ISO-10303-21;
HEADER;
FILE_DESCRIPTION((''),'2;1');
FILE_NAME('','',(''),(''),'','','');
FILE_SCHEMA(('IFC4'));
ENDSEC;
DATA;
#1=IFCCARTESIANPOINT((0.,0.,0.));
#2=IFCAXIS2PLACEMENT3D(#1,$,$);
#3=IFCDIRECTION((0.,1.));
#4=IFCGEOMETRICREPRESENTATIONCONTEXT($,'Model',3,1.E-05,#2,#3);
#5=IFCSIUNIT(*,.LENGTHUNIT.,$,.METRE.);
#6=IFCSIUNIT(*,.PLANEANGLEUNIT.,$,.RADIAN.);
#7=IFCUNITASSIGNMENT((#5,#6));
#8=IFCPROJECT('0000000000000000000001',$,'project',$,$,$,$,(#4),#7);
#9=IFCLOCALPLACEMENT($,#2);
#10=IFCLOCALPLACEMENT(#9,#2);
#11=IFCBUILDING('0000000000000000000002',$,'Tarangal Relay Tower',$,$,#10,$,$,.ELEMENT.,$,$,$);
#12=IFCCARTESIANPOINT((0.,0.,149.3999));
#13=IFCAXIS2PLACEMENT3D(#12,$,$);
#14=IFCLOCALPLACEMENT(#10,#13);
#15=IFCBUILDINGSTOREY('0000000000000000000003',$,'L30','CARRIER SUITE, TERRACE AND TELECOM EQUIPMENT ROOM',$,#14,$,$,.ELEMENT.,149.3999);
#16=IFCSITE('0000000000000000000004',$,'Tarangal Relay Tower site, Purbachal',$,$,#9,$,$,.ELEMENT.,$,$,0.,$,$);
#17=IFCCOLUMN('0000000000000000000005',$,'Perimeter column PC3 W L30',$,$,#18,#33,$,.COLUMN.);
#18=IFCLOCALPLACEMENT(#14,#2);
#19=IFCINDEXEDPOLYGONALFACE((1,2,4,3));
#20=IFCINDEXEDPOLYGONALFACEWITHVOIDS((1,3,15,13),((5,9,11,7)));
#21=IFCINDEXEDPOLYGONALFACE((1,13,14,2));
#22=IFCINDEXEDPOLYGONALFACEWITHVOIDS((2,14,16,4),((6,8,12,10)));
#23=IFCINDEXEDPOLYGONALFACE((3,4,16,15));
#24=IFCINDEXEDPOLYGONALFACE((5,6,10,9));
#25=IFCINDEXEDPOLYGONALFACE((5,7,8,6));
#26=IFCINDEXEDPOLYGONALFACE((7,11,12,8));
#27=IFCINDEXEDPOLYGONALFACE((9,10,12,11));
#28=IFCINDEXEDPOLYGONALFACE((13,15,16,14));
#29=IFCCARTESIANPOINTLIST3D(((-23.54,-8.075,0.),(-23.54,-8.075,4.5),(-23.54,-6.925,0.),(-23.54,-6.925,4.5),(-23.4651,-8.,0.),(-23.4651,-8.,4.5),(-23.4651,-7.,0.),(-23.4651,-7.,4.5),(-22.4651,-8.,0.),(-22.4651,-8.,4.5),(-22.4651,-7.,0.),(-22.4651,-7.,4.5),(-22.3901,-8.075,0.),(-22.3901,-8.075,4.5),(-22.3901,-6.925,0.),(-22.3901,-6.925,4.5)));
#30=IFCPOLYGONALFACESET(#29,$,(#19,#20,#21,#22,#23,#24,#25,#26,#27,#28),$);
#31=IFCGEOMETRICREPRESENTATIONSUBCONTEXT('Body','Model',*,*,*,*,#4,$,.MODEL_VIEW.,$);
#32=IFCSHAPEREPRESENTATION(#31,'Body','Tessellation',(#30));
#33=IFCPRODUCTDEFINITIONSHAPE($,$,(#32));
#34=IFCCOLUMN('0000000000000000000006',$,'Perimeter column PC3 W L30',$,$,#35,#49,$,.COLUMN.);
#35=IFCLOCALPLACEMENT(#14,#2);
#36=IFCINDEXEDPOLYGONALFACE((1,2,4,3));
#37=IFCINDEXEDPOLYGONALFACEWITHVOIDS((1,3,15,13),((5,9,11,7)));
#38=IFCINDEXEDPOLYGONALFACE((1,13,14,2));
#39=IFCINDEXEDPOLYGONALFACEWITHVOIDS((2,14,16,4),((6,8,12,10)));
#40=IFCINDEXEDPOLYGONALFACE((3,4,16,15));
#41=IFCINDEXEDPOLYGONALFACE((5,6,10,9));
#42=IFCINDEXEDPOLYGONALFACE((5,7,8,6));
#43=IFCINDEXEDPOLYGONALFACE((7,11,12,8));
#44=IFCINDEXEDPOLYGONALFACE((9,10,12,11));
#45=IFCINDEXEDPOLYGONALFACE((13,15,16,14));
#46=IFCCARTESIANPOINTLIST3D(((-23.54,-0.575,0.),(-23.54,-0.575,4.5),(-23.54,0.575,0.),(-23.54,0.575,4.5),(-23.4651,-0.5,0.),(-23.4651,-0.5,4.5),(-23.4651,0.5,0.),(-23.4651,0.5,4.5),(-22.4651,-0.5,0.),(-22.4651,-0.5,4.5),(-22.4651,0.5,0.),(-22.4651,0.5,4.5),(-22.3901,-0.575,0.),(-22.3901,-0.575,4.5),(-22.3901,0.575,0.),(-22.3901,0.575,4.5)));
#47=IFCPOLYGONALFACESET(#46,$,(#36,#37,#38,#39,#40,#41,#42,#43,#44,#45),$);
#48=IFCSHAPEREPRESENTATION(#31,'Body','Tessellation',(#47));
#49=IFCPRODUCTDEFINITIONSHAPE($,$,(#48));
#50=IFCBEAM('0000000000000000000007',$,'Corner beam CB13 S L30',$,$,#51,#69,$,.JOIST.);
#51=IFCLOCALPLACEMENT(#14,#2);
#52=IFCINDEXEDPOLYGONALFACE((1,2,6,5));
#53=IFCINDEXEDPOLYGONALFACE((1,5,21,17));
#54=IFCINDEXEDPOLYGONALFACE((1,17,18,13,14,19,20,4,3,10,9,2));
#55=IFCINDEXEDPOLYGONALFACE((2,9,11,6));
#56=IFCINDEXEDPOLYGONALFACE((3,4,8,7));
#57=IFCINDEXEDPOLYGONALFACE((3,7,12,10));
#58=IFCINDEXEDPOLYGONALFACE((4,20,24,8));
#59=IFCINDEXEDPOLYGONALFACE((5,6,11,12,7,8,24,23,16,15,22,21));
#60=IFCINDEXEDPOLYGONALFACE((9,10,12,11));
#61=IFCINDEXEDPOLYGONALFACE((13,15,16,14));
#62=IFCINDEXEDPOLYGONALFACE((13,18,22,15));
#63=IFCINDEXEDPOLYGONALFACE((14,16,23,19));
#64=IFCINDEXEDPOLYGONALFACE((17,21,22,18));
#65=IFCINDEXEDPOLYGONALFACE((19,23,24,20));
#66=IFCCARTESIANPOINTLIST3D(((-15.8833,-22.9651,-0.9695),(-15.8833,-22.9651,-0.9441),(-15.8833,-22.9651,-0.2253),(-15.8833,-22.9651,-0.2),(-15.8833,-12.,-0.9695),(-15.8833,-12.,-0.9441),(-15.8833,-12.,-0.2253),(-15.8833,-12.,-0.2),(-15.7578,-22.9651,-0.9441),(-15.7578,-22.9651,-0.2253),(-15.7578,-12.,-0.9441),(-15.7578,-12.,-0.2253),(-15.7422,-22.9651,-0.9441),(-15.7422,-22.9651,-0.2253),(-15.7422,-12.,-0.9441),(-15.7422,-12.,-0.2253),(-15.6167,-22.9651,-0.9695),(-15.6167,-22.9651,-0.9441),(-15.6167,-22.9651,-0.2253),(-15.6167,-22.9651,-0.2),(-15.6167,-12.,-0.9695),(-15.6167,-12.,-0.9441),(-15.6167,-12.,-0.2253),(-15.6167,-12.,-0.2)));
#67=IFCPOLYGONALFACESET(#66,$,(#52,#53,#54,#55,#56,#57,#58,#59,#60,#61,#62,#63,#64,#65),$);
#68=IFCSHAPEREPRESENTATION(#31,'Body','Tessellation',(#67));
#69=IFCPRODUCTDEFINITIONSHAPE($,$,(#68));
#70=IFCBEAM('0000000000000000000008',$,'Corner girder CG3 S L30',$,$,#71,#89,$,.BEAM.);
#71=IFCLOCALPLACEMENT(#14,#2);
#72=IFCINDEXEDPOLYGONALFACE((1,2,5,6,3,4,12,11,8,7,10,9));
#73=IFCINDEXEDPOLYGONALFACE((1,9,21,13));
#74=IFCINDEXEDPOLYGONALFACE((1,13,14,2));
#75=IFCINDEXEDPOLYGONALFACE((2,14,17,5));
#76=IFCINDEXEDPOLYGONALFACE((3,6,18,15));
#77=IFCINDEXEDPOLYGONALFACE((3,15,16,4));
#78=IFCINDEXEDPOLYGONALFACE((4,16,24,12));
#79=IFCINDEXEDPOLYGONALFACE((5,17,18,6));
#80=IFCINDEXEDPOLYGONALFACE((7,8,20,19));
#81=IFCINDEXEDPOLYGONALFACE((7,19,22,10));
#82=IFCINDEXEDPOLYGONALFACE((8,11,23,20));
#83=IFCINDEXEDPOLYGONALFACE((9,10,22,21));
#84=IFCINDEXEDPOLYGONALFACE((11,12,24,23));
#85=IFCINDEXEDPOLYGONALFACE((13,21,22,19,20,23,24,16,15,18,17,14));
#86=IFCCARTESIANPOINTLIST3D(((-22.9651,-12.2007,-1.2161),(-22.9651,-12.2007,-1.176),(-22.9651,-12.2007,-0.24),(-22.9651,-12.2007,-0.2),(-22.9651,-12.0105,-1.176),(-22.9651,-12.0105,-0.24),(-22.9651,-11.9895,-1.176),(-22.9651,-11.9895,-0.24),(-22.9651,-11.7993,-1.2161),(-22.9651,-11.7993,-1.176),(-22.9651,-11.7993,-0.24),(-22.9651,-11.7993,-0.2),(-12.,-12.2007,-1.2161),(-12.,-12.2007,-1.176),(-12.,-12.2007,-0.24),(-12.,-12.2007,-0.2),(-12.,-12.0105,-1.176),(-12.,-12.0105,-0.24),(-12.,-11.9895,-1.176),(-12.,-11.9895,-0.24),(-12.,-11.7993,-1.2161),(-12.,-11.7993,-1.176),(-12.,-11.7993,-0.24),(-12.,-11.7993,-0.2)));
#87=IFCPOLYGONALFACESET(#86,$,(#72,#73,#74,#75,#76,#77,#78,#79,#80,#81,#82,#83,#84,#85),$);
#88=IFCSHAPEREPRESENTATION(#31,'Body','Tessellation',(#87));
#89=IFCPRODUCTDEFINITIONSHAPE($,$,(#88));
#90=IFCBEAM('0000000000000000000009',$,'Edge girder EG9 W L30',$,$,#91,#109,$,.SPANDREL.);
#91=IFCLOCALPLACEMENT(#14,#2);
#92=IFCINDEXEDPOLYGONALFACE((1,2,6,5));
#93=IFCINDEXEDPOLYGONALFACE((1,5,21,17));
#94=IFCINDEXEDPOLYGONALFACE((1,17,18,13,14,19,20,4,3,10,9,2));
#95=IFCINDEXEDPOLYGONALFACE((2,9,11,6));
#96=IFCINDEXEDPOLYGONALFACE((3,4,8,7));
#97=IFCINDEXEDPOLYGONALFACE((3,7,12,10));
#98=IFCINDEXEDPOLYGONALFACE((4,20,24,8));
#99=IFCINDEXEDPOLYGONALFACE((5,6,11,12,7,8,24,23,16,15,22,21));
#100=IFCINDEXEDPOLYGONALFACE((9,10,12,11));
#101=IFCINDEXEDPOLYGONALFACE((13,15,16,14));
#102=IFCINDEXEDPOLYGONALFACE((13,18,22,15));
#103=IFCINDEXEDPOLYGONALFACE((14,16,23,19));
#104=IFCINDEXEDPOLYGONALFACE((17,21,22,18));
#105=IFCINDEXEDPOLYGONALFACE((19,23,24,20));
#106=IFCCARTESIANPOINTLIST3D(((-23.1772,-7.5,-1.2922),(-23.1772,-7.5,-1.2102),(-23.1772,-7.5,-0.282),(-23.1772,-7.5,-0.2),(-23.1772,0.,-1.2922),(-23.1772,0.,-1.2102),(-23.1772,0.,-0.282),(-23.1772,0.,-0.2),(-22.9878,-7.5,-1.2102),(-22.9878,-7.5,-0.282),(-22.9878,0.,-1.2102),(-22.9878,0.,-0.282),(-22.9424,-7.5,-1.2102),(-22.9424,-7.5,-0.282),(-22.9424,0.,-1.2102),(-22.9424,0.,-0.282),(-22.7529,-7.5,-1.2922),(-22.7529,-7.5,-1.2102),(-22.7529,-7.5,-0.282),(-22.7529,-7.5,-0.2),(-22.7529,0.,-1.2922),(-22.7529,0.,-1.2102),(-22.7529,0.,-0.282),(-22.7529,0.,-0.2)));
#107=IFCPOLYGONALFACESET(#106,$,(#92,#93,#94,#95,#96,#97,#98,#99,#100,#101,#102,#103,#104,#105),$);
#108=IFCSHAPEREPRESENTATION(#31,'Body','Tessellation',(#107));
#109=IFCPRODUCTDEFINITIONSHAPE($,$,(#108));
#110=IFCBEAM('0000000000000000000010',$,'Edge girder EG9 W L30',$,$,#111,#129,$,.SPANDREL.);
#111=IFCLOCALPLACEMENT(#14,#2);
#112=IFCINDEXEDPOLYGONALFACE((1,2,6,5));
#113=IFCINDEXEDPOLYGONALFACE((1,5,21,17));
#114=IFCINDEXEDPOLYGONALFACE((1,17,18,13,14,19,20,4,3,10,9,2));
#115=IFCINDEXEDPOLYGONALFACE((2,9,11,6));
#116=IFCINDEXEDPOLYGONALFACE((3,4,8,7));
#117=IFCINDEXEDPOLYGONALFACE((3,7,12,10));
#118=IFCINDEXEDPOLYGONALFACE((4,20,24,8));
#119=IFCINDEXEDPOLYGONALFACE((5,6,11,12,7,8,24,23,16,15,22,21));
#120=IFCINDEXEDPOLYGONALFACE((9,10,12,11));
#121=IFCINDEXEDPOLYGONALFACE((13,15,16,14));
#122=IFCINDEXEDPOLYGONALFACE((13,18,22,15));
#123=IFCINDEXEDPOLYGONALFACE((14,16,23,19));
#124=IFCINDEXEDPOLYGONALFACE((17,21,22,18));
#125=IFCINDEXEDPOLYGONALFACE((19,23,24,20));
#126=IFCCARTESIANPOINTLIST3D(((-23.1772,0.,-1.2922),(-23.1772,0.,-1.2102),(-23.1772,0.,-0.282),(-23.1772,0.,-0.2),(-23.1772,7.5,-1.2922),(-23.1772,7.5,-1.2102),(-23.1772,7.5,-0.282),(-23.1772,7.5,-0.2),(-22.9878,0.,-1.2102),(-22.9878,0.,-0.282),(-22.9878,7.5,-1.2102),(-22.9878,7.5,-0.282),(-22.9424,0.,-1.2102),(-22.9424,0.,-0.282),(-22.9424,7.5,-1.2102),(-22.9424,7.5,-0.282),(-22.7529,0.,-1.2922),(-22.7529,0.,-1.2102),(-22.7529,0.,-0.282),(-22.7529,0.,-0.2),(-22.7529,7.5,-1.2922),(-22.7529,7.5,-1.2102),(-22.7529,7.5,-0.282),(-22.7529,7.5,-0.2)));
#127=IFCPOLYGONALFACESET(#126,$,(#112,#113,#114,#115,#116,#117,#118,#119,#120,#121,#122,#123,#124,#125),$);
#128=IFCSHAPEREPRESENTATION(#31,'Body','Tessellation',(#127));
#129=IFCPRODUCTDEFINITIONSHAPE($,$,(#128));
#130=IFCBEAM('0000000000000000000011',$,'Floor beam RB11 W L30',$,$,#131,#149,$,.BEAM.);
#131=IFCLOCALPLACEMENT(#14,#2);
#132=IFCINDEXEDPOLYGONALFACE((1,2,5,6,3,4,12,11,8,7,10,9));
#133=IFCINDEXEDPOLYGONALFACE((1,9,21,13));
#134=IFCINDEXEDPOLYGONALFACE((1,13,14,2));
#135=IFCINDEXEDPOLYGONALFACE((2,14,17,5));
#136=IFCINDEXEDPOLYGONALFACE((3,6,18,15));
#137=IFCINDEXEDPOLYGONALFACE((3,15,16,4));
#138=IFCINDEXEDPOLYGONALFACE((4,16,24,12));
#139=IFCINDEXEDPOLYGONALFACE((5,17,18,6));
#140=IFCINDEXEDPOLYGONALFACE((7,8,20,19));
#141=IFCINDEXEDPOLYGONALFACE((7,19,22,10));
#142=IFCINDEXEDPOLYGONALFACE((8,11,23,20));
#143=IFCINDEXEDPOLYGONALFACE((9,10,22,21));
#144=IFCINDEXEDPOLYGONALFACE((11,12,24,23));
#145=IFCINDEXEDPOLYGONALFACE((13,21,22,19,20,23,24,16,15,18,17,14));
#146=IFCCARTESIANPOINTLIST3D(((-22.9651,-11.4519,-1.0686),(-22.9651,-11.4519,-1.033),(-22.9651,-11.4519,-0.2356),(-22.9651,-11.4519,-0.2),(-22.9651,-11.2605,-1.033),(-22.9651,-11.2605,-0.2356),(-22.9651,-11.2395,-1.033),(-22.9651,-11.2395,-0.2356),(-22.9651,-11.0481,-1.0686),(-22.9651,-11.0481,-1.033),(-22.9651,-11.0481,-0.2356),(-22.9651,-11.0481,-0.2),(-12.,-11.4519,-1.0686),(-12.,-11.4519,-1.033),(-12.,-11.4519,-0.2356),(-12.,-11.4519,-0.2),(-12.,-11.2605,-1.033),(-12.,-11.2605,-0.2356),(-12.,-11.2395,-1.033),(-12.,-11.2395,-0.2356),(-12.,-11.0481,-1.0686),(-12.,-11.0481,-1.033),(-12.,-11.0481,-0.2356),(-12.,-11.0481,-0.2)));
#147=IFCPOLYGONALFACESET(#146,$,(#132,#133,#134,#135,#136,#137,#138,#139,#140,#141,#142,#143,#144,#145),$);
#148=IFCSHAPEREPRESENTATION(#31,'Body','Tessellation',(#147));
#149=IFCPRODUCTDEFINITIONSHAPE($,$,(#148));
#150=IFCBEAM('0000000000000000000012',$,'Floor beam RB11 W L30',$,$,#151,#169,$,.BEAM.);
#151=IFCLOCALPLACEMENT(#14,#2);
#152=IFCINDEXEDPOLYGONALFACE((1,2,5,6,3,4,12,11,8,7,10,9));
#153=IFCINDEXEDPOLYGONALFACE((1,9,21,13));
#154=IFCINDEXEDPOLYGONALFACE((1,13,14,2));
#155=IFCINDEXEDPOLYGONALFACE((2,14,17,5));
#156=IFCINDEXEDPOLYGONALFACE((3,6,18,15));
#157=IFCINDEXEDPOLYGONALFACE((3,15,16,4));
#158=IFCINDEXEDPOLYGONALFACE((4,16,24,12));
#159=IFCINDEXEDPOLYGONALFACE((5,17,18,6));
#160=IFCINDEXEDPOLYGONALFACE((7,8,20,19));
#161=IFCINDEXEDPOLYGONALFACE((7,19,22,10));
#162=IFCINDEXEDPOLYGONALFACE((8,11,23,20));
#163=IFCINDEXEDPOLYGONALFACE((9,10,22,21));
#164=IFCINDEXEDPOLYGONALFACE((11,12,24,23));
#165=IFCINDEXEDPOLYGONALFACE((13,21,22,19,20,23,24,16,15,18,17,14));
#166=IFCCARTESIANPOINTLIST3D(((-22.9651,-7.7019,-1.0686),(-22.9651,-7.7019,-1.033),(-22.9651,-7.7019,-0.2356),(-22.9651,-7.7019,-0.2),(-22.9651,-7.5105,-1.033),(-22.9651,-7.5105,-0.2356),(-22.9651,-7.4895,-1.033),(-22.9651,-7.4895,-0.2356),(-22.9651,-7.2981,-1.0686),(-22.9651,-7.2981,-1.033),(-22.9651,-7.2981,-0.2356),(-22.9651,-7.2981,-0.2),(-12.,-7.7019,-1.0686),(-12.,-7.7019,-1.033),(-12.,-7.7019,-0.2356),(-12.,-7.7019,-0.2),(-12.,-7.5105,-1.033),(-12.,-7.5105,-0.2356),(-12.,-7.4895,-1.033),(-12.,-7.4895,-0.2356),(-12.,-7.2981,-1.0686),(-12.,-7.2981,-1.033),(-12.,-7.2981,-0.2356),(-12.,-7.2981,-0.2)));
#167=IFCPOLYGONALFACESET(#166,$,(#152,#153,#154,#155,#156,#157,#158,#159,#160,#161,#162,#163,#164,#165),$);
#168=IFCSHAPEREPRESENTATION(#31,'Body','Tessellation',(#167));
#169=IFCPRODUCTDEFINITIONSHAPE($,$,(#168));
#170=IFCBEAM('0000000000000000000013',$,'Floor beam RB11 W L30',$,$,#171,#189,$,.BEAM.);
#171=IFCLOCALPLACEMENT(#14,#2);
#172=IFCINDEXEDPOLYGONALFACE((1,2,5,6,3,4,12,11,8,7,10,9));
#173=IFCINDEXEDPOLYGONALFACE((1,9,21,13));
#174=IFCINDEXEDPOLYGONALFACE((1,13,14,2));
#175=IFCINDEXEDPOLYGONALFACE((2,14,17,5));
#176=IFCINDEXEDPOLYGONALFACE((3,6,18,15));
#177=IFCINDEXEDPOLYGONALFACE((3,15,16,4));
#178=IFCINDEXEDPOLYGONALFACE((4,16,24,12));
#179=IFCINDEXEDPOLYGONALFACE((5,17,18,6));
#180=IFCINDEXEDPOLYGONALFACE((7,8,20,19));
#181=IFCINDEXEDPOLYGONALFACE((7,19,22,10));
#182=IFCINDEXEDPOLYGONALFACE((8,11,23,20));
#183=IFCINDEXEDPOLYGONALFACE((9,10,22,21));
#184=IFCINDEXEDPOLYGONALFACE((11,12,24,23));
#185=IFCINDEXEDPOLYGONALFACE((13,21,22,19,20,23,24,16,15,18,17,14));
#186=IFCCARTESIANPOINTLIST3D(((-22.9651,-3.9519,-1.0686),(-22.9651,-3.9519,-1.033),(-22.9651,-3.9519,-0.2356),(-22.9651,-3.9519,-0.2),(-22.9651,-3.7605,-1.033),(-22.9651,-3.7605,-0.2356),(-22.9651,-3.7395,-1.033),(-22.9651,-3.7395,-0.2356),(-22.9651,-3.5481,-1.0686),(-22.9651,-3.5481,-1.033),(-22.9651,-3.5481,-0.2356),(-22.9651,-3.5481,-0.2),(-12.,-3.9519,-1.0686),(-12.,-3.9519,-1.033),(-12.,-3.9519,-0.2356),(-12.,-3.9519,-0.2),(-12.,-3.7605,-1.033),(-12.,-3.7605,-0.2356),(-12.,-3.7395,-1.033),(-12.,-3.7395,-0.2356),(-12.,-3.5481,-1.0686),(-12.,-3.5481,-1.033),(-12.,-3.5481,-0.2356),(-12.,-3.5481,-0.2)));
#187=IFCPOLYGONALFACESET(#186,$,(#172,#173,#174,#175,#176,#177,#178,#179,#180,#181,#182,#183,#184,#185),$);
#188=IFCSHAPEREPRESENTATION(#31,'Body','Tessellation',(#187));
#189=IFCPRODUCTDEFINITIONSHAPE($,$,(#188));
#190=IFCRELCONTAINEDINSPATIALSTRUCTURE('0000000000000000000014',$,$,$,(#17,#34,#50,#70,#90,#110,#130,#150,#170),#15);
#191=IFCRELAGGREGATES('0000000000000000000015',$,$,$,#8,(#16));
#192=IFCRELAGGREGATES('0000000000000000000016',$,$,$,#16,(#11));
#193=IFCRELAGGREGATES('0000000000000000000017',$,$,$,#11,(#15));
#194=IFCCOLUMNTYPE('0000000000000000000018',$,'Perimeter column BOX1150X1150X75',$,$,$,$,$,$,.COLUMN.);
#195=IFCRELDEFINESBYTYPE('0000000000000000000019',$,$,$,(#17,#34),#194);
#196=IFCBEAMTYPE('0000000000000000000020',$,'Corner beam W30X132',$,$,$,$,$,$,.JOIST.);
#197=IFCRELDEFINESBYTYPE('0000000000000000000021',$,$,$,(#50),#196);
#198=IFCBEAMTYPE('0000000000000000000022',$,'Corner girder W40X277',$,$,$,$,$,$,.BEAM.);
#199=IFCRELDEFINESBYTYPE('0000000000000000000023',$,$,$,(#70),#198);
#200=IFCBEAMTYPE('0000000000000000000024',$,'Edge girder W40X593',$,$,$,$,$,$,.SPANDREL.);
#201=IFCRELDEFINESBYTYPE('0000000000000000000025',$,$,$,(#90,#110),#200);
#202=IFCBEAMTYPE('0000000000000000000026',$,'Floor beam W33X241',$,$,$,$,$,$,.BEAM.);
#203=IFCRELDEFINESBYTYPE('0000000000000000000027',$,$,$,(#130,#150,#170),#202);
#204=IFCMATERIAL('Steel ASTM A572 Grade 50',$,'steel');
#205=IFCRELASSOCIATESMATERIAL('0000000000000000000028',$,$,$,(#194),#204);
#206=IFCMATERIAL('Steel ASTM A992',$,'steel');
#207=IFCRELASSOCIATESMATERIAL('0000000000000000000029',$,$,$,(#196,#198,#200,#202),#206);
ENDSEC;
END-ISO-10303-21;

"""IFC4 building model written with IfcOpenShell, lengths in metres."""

from ifc_helpers import new_model, si_unit, direction, frame, origin, origin_2d, place, context, subcontext, project, spatial, hollow_rectangle, i_section, extrude, material, material_profile, profile_set, type_object, element, save


model = new_model("IFC4")

# Units and contexts
model_context = context("Model", 3, precision=1e-05, world=origin(), true_north=direction((0.0, 1.0)))
body_context = subcontext(model_context, "Body", "Model", "MODEL_VIEW")
ifc_project = project(units=[si_unit("LENGTHUNIT", "METRE"), si_unit("PLANEANGLEUNIT", "RADIAN")], contexts=[model_context])

# Site, building, storey
site_placement = place(None, origin())
site = spatial("IfcSite", under=ifc_project, at=site_placement, Name="Tarangal Relay Tower site, Purbachal", CompositionType="ELEMENT", RefElevation=0.0)
building_placement = place(site_placement, origin())
building = spatial("IfcBuilding", under=site, at=building_placement, Name="Tarangal Relay Tower", CompositionType="ELEMENT")
storey_placement = place(building_placement, frame((0.0, 0.0, 149.3999)))
storey = spatial("IfcBuildingStorey", under=building, at=storey_placement, Name="L30", Description="CARRIER SUITE, TERRACE AND TELECOM EQUIPMENT ROOM", CompositionType="ELEMENT", Elevation=149.3999)

# Columns
ifc_material_1 = material(Name="Steel ASTM A572 Grade 50", Category="steel")
ifc_material_profile_1 = material_profile(ifc_material_1, hollow_rectangle(XDim=1.1499, YDim=1.1499, WallThickness=0.075, at=origin_2d()), Name="BOX1150X1150X75")
ifc_profile_set_1 = profile_set([ifc_material_profile_1], Name="Steel ASTM A572 Grade 50")
column_type = type_object("IfcColumnType", Name="Perimeter column BOX1150X1150X75", PredefinedType="COLUMN", material=ifc_profile_set_1)
for number, where, z_axis, x_axis, name in (
    (1, (-22.9651, -7.5, 0.0), (0.0, 0.0, 1.0), (1.0, 0.0, 0.0), "Perimeter column PC3 W L30"),
    (2, (-22.9651, 0.0, 0.0), (0.0, 0.0, 1.0), (1.0, 0.0, 0.0), "Perimeter column PC3 W L30"),
):
    element("IfcColumn", number, at=place(storey_placement, frame(where, z_axis=z_axis, x_axis=x_axis)), inside=storey, type_object=column_type, Name=name, PredefinedType="COLUMN", context=body_context, shape_type="SweptSolid", body=[
        extrude(hollow_rectangle(XDim=1.1499, YDim=1.1499, WallThickness=0.075, at=origin_2d()), origin(), (0.0, 0.0, 1.0), 4.5),
    ])

# Beams
ifc_material_2 = material(Name="Steel ASTM A992", Category="steel")
ifc_material_profile_2 = material_profile(ifc_material_2, i_section(OverallWidth=0.2666, OverallDepth=0.7695, WebThickness=0.0156, FlangeThickness=0.0254, at=origin_2d()), Name="W30X132")
ifc_profile_set_2 = profile_set([ifc_material_profile_2], Name="Steel ASTM A992")
beam_type_1 = type_object("IfcBeamType", Name="Corner beam W30X132", PredefinedType="JOIST", material=ifc_profile_set_2)
beam_1_placement = place(storey_placement, frame((-15.75, -12.0, -0.5847), z_axis=(0.0, -1.0, 0.0), x_axis=(1.0, 0.0, 0.0)))
element("IfcBeam", 3, at=beam_1_placement, inside=storey, type_object=beam_type_1, Name="Corner beam CB13 S L30", PredefinedType="JOIST", context=body_context, shape_type="SweptSolid", body=[
    extrude(i_section(OverallWidth=0.2666, OverallDepth=0.7695, WebThickness=0.0156, FlangeThickness=0.0254, at=origin_2d()), origin(), (0.0, 0.0, 1.0), 10.9651),
])
ifc_material_profile_3 = material_profile(ifc_material_2, i_section(OverallWidth=0.4014, OverallDepth=1.0161, WebThickness=0.021, FlangeThickness=0.04, at=origin_2d()), Name="W40X277")
ifc_profile_set_3 = profile_set([ifc_material_profile_3], Name="Steel ASTM A992")
beam_type_2 = type_object("IfcBeamType", Name="Corner girder W40X277", PredefinedType="BEAM", material=ifc_profile_set_3)
beam_2_placement = place(storey_placement, frame((-12.0, -12.0, -0.708), z_axis=(-1.0, 0.0, 0.0), x_axis=(0.0, -1.0, 0.0)))
element("IfcBeam", 4, at=beam_2_placement, inside=storey, type_object=beam_type_2, Name="Corner girder CG3 S L30", PredefinedType="BEAM", context=body_context, shape_type="SweptSolid", body=[
    extrude(i_section(OverallWidth=0.4014, OverallDepth=1.0161, WebThickness=0.021, FlangeThickness=0.04, at=origin_2d()), origin(), (0.0, 0.0, 1.0), 10.9651),
])
ifc_material_profile_4 = material_profile(ifc_material_2, i_section(OverallWidth=0.4243, OverallDepth=1.0923, WebThickness=0.0454, FlangeThickness=0.082, at=origin_2d()), Name="W40X593")
ifc_profile_set_4 = profile_set([ifc_material_profile_4], Name="Steel ASTM A992")
beam_type_3 = type_object("IfcBeamType", Name="Edge girder W40X593", PredefinedType="SPANDREL", material=ifc_profile_set_4)
for number, where, z_axis, x_axis, name in (
    (5, (-22.9651, -7.5, -0.7461), (0.0, 1.0, 0.0), (-1.0, 0.0, 0.0), "Edge girder EG9 W L30"),
    (6, (-22.9651, 0.0, -0.7461), (0.0, 1.0, 0.0), (-1.0, 0.0, 0.0), "Edge girder EG9 W L30"),
):
    element("IfcBeam", number, at=place(storey_placement, frame(where, z_axis=z_axis, x_axis=x_axis)), inside=storey, type_object=beam_type_3, Name=name, PredefinedType="SPANDREL", context=body_context, shape_type="SweptSolid", body=[
        extrude(i_section(OverallWidth=0.4243, OverallDepth=1.0923, WebThickness=0.0454, FlangeThickness=0.082, at=origin_2d()), origin(), (0.0, 0.0, 1.0), 7.5),
    ])
ifc_material_profile_5 = material_profile(ifc_material_2, i_section(OverallWidth=0.4038, OverallDepth=0.8687, WebThickness=0.021, FlangeThickness=0.0356, at=origin_2d()), Name="W33X241")
ifc_profile_set_5 = profile_set([ifc_material_profile_5], Name="Steel ASTM A992")
beam_type_4 = type_object("IfcBeamType", Name="Floor beam W33X241", PredefinedType="BEAM", material=ifc_profile_set_5)
for number, where, z_axis, x_axis, name in (
    (7, (-12.0, -11.25, -0.6343), (-1.0, 0.0, 0.0), (0.0, -1.0, 0.0), "Floor beam RB11 W L30"),
    (8, (-12.0, -7.5, -0.6343), (-1.0, 0.0, 0.0), (0.0, -1.0, 0.0), "Floor beam RB11 W L30"),
    (9, (-12.0, -3.75, -0.6343), (-1.0, 0.0, 0.0), (0.0, -1.0, 0.0), "Floor beam RB11 W L30"),
):
    element("IfcBeam", number, at=place(storey_placement, frame(where, z_axis=z_axis, x_axis=x_axis)), inside=storey, type_object=beam_type_4, Name=name, PredefinedType="BEAM", context=body_context, shape_type="SweptSolid", body=[
        extrude(i_section(OverallWidth=0.4038, OverallDepth=0.8687, WebThickness=0.021, FlangeThickness=0.0356, at=origin_2d()), origin(), (0.0, 0.0, 1.0), 10.9651),
    ])

save(model, "model.ifc")
